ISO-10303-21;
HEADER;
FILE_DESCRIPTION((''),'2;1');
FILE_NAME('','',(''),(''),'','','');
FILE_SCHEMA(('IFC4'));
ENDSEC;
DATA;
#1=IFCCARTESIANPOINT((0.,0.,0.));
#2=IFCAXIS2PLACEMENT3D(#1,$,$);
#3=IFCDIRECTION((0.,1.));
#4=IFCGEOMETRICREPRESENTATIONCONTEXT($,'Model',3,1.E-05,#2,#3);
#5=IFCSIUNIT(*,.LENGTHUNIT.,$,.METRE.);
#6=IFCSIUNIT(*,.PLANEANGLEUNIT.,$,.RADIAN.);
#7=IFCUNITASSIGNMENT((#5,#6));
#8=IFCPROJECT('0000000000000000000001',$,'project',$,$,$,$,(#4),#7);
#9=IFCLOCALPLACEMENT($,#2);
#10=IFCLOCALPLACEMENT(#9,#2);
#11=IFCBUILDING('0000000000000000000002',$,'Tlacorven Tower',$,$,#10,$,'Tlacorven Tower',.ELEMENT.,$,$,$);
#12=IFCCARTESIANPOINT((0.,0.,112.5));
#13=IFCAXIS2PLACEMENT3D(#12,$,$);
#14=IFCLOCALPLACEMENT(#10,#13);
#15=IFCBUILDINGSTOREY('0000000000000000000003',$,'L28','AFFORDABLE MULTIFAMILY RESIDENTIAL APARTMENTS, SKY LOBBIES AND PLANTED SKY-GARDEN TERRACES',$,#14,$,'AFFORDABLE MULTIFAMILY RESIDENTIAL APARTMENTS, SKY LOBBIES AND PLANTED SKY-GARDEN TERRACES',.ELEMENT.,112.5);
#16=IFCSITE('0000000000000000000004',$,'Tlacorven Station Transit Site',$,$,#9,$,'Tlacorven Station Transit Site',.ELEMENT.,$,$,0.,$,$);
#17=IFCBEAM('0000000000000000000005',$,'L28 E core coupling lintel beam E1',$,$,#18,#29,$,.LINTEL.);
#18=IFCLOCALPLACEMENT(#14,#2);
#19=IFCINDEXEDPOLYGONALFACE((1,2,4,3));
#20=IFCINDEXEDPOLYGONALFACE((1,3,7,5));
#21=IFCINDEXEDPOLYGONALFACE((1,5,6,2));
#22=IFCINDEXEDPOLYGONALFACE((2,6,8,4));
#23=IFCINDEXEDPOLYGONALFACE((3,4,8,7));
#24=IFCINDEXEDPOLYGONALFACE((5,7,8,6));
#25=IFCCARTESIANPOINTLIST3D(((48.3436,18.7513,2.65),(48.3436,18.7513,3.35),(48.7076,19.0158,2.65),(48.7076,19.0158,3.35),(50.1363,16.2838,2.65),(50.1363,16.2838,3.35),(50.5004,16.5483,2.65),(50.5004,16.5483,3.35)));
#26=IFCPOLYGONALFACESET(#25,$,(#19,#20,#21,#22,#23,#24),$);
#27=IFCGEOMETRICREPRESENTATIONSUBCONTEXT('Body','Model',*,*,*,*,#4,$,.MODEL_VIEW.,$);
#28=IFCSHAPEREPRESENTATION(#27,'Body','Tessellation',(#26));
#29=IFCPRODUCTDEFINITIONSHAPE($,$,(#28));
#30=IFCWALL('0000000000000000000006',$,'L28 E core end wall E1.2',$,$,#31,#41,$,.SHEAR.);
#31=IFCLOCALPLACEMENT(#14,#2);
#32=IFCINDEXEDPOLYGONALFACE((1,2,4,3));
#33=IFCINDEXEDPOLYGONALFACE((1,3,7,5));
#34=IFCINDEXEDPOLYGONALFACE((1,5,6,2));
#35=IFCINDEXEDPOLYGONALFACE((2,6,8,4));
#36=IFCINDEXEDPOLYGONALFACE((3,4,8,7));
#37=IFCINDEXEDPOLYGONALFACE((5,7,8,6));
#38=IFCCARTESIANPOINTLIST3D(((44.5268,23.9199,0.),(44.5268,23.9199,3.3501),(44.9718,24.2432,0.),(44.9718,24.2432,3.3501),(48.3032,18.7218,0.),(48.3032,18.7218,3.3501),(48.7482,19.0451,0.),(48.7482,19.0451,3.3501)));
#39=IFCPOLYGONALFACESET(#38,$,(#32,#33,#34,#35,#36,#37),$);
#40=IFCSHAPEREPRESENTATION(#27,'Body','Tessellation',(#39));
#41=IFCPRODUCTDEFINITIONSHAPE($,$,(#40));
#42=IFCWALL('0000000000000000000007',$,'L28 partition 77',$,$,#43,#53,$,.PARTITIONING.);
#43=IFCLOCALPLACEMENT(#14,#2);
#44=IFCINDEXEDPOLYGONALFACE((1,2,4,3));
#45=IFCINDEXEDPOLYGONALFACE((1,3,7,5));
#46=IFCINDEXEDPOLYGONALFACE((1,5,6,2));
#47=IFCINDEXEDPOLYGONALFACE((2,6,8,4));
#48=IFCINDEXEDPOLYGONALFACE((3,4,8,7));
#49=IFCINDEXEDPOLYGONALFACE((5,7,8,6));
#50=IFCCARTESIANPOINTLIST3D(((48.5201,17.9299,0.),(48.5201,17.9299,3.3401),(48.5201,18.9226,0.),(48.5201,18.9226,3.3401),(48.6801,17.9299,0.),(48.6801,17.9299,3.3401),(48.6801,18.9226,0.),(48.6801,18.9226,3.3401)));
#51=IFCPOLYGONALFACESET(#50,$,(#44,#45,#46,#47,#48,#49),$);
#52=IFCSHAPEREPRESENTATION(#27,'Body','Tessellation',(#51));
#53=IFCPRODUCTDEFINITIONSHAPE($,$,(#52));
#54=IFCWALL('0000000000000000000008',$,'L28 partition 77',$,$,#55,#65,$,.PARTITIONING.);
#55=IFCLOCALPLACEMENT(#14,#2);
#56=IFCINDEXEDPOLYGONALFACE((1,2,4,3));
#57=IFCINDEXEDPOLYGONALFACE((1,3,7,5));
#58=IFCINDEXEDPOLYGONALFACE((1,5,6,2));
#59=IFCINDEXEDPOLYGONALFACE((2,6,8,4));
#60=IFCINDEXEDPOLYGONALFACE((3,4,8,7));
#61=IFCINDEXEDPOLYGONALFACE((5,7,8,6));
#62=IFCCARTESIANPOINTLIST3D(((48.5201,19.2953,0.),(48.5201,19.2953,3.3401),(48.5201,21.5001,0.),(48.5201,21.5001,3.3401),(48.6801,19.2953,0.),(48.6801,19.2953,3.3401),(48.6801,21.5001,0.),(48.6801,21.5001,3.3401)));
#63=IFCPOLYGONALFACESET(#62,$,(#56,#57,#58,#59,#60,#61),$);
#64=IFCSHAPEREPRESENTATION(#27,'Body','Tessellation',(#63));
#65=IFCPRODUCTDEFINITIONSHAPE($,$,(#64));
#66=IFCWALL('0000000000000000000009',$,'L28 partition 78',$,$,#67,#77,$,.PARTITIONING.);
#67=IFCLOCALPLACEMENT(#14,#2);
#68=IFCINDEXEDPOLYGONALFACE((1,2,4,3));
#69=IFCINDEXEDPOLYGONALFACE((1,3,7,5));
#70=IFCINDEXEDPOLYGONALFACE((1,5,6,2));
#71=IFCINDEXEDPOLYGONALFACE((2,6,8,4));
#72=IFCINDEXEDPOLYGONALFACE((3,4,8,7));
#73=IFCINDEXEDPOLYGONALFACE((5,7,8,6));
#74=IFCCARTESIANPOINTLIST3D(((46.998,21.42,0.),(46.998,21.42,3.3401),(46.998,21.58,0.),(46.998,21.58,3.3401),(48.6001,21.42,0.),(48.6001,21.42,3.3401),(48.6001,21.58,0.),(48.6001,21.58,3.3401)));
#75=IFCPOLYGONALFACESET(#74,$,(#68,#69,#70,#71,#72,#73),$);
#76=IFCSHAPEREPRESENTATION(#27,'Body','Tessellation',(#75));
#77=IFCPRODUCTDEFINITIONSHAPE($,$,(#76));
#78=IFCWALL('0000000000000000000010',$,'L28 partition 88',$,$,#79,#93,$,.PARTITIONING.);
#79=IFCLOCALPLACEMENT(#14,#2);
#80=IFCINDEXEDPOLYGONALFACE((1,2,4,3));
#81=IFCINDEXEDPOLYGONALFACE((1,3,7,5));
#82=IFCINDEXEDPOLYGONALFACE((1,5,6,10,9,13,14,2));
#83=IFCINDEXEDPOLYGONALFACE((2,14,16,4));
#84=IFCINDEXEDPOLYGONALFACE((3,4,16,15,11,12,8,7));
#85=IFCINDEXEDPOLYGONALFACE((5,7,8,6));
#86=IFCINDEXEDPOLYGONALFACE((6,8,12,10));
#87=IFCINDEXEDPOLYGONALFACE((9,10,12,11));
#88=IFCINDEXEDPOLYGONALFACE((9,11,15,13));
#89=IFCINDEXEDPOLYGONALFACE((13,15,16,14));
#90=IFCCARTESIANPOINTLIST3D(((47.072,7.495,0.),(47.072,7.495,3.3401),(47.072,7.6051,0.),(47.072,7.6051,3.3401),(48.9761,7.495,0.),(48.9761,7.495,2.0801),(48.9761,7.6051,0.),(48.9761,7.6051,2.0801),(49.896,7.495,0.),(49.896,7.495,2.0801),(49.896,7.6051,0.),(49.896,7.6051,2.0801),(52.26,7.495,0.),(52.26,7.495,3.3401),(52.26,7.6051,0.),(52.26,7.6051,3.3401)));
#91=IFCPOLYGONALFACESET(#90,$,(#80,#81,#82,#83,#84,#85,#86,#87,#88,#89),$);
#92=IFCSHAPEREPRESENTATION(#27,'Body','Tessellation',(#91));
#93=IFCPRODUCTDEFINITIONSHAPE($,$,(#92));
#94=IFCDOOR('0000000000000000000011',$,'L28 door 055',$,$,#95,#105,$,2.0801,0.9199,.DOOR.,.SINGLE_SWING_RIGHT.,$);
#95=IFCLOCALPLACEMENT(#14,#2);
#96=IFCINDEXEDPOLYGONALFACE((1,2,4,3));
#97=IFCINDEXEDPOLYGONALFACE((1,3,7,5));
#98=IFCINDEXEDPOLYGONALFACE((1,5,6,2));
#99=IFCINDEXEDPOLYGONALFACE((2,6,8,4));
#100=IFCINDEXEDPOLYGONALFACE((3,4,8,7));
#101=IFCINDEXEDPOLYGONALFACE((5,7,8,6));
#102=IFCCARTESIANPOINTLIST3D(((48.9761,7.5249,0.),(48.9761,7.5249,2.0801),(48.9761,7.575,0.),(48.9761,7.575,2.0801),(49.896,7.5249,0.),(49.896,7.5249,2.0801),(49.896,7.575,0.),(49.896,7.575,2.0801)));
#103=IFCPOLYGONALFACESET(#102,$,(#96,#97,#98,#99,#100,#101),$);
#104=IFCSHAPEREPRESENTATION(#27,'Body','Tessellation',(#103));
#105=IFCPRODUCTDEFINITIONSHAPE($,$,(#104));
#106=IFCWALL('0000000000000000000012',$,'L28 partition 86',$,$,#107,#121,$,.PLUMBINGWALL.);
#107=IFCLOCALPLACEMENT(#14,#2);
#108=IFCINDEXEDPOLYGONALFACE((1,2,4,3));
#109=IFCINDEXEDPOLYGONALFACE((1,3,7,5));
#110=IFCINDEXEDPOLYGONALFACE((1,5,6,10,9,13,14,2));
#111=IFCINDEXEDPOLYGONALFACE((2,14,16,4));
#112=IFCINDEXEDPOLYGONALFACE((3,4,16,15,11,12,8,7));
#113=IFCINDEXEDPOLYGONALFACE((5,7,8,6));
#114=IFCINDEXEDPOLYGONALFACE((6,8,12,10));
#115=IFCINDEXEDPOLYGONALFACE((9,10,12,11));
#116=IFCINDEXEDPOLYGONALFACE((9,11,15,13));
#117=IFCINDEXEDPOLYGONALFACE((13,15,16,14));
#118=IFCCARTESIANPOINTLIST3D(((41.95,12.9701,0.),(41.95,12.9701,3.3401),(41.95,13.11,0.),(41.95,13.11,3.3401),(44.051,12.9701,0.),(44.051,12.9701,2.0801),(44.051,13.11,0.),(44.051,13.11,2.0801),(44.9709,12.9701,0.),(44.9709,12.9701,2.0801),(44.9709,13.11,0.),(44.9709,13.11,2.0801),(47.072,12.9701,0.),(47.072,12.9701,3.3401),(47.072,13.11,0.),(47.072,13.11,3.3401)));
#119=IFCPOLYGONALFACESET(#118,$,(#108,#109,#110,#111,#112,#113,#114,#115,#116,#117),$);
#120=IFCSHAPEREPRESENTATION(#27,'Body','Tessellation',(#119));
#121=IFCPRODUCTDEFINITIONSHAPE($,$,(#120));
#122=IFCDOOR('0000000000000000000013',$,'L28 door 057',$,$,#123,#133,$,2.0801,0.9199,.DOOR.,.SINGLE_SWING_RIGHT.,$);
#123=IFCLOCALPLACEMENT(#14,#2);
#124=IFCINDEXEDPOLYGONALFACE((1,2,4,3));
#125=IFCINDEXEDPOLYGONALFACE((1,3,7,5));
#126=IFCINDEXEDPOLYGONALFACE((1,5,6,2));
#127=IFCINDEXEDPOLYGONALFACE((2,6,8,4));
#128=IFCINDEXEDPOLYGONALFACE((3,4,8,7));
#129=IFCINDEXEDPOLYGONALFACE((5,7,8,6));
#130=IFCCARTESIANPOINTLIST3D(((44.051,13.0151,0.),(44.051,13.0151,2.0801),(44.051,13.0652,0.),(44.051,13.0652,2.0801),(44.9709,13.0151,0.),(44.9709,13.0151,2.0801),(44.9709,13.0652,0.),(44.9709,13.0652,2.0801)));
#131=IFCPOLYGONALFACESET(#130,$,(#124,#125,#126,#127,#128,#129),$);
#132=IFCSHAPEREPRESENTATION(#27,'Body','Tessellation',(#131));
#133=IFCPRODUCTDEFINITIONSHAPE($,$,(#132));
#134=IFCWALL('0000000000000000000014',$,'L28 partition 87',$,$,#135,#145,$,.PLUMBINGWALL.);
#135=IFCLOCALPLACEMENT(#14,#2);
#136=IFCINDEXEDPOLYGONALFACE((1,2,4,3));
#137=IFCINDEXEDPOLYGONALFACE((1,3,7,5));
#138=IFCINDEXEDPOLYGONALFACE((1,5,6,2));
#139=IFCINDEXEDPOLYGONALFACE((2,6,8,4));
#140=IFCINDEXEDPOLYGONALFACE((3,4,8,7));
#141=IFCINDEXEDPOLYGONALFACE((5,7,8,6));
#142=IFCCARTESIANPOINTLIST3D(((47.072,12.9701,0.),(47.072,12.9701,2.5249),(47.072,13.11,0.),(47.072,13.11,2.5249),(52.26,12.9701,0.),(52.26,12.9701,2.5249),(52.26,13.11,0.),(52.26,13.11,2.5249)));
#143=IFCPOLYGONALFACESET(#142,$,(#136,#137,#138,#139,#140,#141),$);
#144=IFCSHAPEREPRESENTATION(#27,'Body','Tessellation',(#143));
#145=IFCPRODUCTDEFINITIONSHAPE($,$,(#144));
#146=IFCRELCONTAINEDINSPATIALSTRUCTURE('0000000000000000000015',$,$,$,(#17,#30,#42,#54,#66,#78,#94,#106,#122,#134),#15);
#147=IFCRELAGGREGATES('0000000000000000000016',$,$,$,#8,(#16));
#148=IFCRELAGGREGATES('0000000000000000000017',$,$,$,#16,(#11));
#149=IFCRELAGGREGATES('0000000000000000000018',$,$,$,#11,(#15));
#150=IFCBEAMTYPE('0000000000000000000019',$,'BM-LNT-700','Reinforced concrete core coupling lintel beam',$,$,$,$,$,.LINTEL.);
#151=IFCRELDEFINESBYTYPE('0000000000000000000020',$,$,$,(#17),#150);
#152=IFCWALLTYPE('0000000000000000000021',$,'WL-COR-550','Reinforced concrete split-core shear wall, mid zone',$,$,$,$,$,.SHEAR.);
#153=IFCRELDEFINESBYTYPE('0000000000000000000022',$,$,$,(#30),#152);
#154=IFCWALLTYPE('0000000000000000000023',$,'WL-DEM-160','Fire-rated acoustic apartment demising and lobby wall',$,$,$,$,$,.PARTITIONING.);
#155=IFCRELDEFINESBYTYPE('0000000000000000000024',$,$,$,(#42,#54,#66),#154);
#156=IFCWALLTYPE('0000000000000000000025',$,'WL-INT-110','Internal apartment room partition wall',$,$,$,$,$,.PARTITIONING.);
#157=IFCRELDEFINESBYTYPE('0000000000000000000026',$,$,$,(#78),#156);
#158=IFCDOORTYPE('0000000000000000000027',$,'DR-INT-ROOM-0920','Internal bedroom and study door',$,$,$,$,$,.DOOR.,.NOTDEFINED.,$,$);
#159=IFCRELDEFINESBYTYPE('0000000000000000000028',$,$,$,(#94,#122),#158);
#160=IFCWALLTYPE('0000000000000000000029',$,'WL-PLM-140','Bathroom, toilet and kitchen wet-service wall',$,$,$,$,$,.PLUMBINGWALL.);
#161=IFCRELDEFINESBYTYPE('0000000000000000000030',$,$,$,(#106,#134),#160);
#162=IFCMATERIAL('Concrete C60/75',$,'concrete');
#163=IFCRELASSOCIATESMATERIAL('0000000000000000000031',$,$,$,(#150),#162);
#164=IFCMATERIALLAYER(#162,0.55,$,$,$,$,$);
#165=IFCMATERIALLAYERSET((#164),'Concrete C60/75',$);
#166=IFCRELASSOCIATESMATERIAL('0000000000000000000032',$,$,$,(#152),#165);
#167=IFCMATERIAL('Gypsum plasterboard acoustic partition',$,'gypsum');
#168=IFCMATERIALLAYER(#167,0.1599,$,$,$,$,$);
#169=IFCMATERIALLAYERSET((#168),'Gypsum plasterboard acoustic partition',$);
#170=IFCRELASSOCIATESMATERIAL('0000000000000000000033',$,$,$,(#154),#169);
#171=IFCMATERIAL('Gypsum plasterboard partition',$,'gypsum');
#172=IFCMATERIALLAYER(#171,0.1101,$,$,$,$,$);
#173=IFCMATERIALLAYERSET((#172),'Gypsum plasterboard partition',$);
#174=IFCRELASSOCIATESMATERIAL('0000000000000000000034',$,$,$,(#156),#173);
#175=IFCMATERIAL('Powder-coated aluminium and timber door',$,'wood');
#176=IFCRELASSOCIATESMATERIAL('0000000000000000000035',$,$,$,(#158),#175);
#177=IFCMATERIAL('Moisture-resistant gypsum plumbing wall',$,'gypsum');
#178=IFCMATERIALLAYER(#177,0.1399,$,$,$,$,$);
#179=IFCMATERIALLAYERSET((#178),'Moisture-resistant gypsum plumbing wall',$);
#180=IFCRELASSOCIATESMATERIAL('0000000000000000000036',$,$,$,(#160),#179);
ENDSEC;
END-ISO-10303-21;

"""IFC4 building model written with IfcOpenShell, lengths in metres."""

from ifc_helpers import new_model, si_unit, direction, frame, frame_2d, origin, origin_2d, place, context, subcontext, project, spatial, rectangle, extrude, source, transform, mapped, material, layer, layer_set, material_profile, profile_set, type_object, element, fill, save


model = new_model("IFC4")

# Units and contexts
model_context = context("Model", 3, precision=1e-05, world=origin(), true_north=direction((0.0, 1.0)))
body_context = subcontext(model_context, "Body", "Model", "MODEL_VIEW")
ifc_project = project(units=[si_unit("LENGTHUNIT", "METRE"), si_unit("PLANEANGLEUNIT", "RADIAN")], contexts=[model_context])

# Site, building, storey
site_placement = place(None, origin())
site = spatial("IfcSite", under=ifc_project, at=site_placement, Name="Tlacorven Station Transit Site", LongName="Tlacorven Station Transit Site", CompositionType="ELEMENT", RefElevation=0.0)
building_placement = place(site_placement, origin())
building = spatial("IfcBuilding", under=site, at=building_placement, Name="Tlacorven Tower", LongName="Tlacorven Tower", CompositionType="ELEMENT")
storey_placement = place(building_placement, frame((0.0, 0.0, 112.5)))
storey = spatial("IfcBuildingStorey", under=building, at=storey_placement, Name="L28", Description="AFFORDABLE MULTIFAMILY RESIDENTIAL APARTMENTS, SKY LOBBIES AND PLANTED SKY-GARDEN TERRACES", LongName="AFFORDABLE MULTIFAMILY RESIDENTIAL APARTMENTS, SKY LOBBIES AND PLANTED SKY-GARDEN TERRACES", CompositionType="ELEMENT", Elevation=112.5)

# Beam
ifc_material_1 = material(Name="Concrete C60/75", Category="concrete")
ifc_material_profile = material_profile(ifc_material_1, rectangle(XDim=0.45, YDim=0.7, at=origin_2d()), Name="RC 450X700")
ifc_profile_set = profile_set([ifc_material_profile], Name="Concrete C60/75")
beam_type = type_object("IfcBeamType", Name="BM-LNT-700", Description="Reinforced concrete core coupling lintel beam", PredefinedType="LINTEL", material=ifc_profile_set)
shared_shape_1 = source(origin(), body_context, "Body", "SweptSolid", [
    extrude(rectangle(XDim=0.45, YDim=0.7, at=origin_2d()), origin(), (0.0, 0.0, 1.0), 3.05),
])
beam_placement = place(storey_placement, frame((50.3184, 16.416, 3.0), z_axis=(-0.587777, 0.809023, 0.0), x_axis=(-0.809023, -0.587777, 0.0)))
element("IfcBeam", 1, at=beam_placement, inside=storey, type_object=beam_type, Name="L28 E core coupling lintel beam E1", PredefinedType="LINTEL", context=body_context, shape_type="MappedRepresentation", body=[
    mapped(shared_shape_1, transform((0.0, 0.0, 0.0), scale=1.0)),
])

# Walls
ifc_layer_1 = layer(ifc_material_1, 0.55)
ifc_layer_set_1 = layer_set([ifc_layer_1], Name="Concrete C60/75")
wall_type_1 = type_object("IfcWallType", Name="WL-COR-550", Description="Reinforced concrete split-core shear wall, mid zone", PredefinedType="SHEAR", material=ifc_layer_set_1)
wall_1_placement = place(storey_placement, frame((48.5256, 18.8835, 0.0), z_axis=(0.0, 0.0, 1.0), x_axis=(-0.587765, 0.809032, 0.0)))
element("IfcWall", 2, at=wall_1_placement, inside=storey, type_object=wall_type_1, Name="L28 E core end wall E1.2", PredefinedType="SHEAR", context=body_context, shape_type="SweptSolid", body=[
    extrude(rectangle(XDim=6.425, YDim=0.55, at=frame_2d((3.2124, 0.0))), origin(), (0.0, 0.0, 1.0), 3.3501),
])
ifc_material_2 = material(Name="Gypsum plasterboard acoustic partition", Category="gypsum")
ifc_layer_2 = layer(ifc_material_2, 0.1599)
ifc_layer_set_2 = layer_set([ifc_layer_2], Name="Gypsum plasterboard acoustic partition")
wall_type_2 = type_object("IfcWallType", Name="WL-DEM-160", Description="Fire-rated acoustic apartment demising and lobby wall", PredefinedType="PARTITIONING", material=ifc_layer_set_2)
wall_2_placement = place(storey_placement, frame((48.6001, 17.9299, 0.0), z_axis=(0.0, 0.0, 1.0), x_axis=(0.0, 1.0, 0.0)))
element("IfcWall", 3, at=wall_2_placement, inside=storey, type_object=wall_type_2, Name="L28 partition 77", PredefinedType="PARTITIONING", context=body_context, shape_type="SweptSolid", body=[
    extrude(rectangle(XDim=0.9927, YDim=0.1599, at=frame_2d((0.4963, 0.0))), origin(), (0.0, 0.0, 1.0), 3.3401),
])
wall_3_placement = place(storey_placement, frame((48.6001, 19.2952, 0.0), z_axis=(0.0, 0.0, 1.0), x_axis=(0.0, 1.0, 0.0)))
element("IfcWall", 4, at=wall_3_placement, inside=storey, type_object=wall_type_2, Name="L28 partition 77", PredefinedType="PARTITIONING", context=body_context, shape_type="SweptSolid", body=[
    extrude(rectangle(XDim=2.2048, YDim=0.1599, at=frame_2d((1.1025, 0.0))), origin(), (0.0, 0.0, 1.0), 3.3401),
])
wall_4_placement = place(storey_placement, frame((46.998, 21.5, 0.0), z_axis=(0.0, 0.0, 1.0), x_axis=(1.0, 0.0, 0.0)))
element("IfcWall", 5, at=wall_4_placement, inside=storey, type_object=wall_type_2, Name="L28 partition 78", PredefinedType="PARTITIONING", context=body_context, shape_type="SweptSolid", body=[
    extrude(rectangle(XDim=1.6021, YDim=0.1599, at=frame_2d((0.801, 0.0))), origin(), (0.0, 0.0, 1.0), 3.3401),
])

# Walls, openings, doors
ifc_material_3 = material(Name="Gypsum plasterboard partition", Category="gypsum")
ifc_layer_3 = layer(ifc_material_3, 0.1101)
ifc_layer_set_3 = layer_set([ifc_layer_3], Name="Gypsum plasterboard partition")
wall_type_3 = type_object("IfcWallType", Name="WL-INT-110", Description="Internal apartment room partition wall", PredefinedType="PARTITIONING", material=ifc_layer_set_3)
wall_5_placement = place(storey_placement, frame((47.072, 7.55, 0.0), z_axis=(0.0, 0.0, 1.0), x_axis=(1.0, 0.0, 0.0)))
wall_5 = element("IfcWall", 6, at=wall_5_placement, inside=storey, type_object=wall_type_3, Name="L28 partition 88", PredefinedType="PARTITIONING", context=body_context, shape_type="SweptSolid", body=[
    extrude(rectangle(XDim=5.188, YDim=0.1101, at=frame_2d((2.594, 0.0))), origin(), (0.0, 0.0, 1.0), 3.3401),
])
opening_1_placement = place(wall_5_placement, frame((1.9041, 0.0, 0.0)))
opening_1 = element("IfcOpeningElement", 7, at=opening_1_placement, cuts=wall_5, PredefinedType="OPENING", context=body_context, shape_type="SweptSolid", body=[
    extrude(rectangle(XDim=0.9199, YDim=2.0801, at=frame_2d((0.46, 1.04))), frame((0.0, 0.0649, 0.0), z_axis=(0.0, -1.0, 0.0), x_axis=(1.0, 0.0, 0.0)), (0.0, 0.0, 1.0), 0.1301),
])
ifc_material_4 = material(Name="Powder-coated aluminium and timber door", Category="wood")
door_type_1 = type_object("IfcDoorType", Name="DR-INT-ROOM-0920", Description="Internal bedroom and study door", OperationType="NOTDEFINED", PredefinedType="DOOR", material=ifc_material_4)
shared_shape_2 = source(origin(), body_context, "Body", "SweptSolid", [
    extrude(rectangle(XDim=0.9199, YDim=2.0801, at=frame_2d((0.46, 1.04))), frame((0.0, 0.0249, 0.0), z_axis=(0.0, -1.0, 0.0), x_axis=(1.0, 0.0, 0.0)), (0.0, 0.0, 1.0), 0.05),
])
door_1_placement = place(opening_1_placement, origin())
door_1 = element("IfcDoor", 8, at=door_1_placement, inside=storey, type_object=door_type_1, Name="L28 door 055", OperationType="SINGLE_SWING_RIGHT", OverallHeight=2.0801, OverallWidth=0.9199, PredefinedType="DOOR", context=body_context, shape_type="MappedRepresentation", body=[
    mapped(shared_shape_2, transform((0.0, 0.0, 0.0), scale=1.0)),
])
fill(opening_1, door_1)
ifc_material_5 = material(Name="Moisture-resistant gypsum plumbing wall", Category="gypsum")
ifc_layer_4 = layer(ifc_material_5, 0.1399)
ifc_layer_set_4 = layer_set([ifc_layer_4], Name="Moisture-resistant gypsum plumbing wall")
wall_type_4 = type_object("IfcWallType", Name="WL-PLM-140", Description="Bathroom, toilet and kitchen wet-service wall", PredefinedType="PLUMBINGWALL", material=ifc_layer_set_4)
wall_6_placement = place(storey_placement, frame((41.95, 13.04, 0.0), z_axis=(0.0, 0.0, 1.0), x_axis=(1.0, 0.0, 0.0)))
wall_6 = element("IfcWall", 9, at=wall_6_placement, inside=storey, type_object=wall_type_4, Name="L28 partition 86", PredefinedType="PLUMBINGWALL", context=body_context, shape_type="SweptSolid", body=[
    extrude(rectangle(XDim=5.1221, YDim=0.1399, at=frame_2d((2.561, 0.0))), origin(), (0.0, 0.0, 1.0), 3.3401),
])
opening_2_placement = place(wall_6_placement, frame((2.1011, 0.0, 0.0)))
opening_2 = element("IfcOpeningElement", 10, at=opening_2_placement, cuts=wall_6, PredefinedType="OPENING", context=body_context, shape_type="SweptSolid", body=[
    extrude(rectangle(XDim=0.9199, YDim=2.0801, at=frame_2d((0.46, 1.04))), frame((0.0, 0.0801, 0.0), z_axis=(0.0, -1.0, 0.0), x_axis=(1.0, 0.0, 0.0)), (0.0, 0.0, 1.0), 0.1599),
])
door_2_placement = place(opening_2_placement, frame((0.9199, 0.0, 0.0), z_axis=(0.0, 0.0, 1.0), x_axis=(-1.0, 0.0, 0.0)))
door_2 = element("IfcDoor", 11, at=door_2_placement, inside=storey, type_object=door_type_1, Name="L28 door 057", OperationType="SINGLE_SWING_RIGHT", OverallHeight=2.0801, OverallWidth=0.9199, PredefinedType="DOOR", context=body_context, shape_type="MappedRepresentation", body=[
    mapped(shared_shape_2, transform((0.0, 0.0, 0.0), scale=1.0)),
])
fill(opening_2, door_2)

# Wall
wall_7_placement = place(storey_placement, frame((47.072, 13.04, 0.0), z_axis=(0.0, 0.0, 1.0), x_axis=(1.0, 0.0, 0.0)))
element("IfcWall", 12, at=wall_7_placement, inside=storey, type_object=wall_type_4, Name="L28 partition 87", PredefinedType="PLUMBINGWALL", context=body_context, shape_type="SweptSolid", body=[
    extrude(rectangle(XDim=5.188, YDim=0.1399, at=frame_2d((2.594, 0.0))), origin(), (0.0, 0.0, 1.0), 2.5249),
])

save(model, "model.ifc")
